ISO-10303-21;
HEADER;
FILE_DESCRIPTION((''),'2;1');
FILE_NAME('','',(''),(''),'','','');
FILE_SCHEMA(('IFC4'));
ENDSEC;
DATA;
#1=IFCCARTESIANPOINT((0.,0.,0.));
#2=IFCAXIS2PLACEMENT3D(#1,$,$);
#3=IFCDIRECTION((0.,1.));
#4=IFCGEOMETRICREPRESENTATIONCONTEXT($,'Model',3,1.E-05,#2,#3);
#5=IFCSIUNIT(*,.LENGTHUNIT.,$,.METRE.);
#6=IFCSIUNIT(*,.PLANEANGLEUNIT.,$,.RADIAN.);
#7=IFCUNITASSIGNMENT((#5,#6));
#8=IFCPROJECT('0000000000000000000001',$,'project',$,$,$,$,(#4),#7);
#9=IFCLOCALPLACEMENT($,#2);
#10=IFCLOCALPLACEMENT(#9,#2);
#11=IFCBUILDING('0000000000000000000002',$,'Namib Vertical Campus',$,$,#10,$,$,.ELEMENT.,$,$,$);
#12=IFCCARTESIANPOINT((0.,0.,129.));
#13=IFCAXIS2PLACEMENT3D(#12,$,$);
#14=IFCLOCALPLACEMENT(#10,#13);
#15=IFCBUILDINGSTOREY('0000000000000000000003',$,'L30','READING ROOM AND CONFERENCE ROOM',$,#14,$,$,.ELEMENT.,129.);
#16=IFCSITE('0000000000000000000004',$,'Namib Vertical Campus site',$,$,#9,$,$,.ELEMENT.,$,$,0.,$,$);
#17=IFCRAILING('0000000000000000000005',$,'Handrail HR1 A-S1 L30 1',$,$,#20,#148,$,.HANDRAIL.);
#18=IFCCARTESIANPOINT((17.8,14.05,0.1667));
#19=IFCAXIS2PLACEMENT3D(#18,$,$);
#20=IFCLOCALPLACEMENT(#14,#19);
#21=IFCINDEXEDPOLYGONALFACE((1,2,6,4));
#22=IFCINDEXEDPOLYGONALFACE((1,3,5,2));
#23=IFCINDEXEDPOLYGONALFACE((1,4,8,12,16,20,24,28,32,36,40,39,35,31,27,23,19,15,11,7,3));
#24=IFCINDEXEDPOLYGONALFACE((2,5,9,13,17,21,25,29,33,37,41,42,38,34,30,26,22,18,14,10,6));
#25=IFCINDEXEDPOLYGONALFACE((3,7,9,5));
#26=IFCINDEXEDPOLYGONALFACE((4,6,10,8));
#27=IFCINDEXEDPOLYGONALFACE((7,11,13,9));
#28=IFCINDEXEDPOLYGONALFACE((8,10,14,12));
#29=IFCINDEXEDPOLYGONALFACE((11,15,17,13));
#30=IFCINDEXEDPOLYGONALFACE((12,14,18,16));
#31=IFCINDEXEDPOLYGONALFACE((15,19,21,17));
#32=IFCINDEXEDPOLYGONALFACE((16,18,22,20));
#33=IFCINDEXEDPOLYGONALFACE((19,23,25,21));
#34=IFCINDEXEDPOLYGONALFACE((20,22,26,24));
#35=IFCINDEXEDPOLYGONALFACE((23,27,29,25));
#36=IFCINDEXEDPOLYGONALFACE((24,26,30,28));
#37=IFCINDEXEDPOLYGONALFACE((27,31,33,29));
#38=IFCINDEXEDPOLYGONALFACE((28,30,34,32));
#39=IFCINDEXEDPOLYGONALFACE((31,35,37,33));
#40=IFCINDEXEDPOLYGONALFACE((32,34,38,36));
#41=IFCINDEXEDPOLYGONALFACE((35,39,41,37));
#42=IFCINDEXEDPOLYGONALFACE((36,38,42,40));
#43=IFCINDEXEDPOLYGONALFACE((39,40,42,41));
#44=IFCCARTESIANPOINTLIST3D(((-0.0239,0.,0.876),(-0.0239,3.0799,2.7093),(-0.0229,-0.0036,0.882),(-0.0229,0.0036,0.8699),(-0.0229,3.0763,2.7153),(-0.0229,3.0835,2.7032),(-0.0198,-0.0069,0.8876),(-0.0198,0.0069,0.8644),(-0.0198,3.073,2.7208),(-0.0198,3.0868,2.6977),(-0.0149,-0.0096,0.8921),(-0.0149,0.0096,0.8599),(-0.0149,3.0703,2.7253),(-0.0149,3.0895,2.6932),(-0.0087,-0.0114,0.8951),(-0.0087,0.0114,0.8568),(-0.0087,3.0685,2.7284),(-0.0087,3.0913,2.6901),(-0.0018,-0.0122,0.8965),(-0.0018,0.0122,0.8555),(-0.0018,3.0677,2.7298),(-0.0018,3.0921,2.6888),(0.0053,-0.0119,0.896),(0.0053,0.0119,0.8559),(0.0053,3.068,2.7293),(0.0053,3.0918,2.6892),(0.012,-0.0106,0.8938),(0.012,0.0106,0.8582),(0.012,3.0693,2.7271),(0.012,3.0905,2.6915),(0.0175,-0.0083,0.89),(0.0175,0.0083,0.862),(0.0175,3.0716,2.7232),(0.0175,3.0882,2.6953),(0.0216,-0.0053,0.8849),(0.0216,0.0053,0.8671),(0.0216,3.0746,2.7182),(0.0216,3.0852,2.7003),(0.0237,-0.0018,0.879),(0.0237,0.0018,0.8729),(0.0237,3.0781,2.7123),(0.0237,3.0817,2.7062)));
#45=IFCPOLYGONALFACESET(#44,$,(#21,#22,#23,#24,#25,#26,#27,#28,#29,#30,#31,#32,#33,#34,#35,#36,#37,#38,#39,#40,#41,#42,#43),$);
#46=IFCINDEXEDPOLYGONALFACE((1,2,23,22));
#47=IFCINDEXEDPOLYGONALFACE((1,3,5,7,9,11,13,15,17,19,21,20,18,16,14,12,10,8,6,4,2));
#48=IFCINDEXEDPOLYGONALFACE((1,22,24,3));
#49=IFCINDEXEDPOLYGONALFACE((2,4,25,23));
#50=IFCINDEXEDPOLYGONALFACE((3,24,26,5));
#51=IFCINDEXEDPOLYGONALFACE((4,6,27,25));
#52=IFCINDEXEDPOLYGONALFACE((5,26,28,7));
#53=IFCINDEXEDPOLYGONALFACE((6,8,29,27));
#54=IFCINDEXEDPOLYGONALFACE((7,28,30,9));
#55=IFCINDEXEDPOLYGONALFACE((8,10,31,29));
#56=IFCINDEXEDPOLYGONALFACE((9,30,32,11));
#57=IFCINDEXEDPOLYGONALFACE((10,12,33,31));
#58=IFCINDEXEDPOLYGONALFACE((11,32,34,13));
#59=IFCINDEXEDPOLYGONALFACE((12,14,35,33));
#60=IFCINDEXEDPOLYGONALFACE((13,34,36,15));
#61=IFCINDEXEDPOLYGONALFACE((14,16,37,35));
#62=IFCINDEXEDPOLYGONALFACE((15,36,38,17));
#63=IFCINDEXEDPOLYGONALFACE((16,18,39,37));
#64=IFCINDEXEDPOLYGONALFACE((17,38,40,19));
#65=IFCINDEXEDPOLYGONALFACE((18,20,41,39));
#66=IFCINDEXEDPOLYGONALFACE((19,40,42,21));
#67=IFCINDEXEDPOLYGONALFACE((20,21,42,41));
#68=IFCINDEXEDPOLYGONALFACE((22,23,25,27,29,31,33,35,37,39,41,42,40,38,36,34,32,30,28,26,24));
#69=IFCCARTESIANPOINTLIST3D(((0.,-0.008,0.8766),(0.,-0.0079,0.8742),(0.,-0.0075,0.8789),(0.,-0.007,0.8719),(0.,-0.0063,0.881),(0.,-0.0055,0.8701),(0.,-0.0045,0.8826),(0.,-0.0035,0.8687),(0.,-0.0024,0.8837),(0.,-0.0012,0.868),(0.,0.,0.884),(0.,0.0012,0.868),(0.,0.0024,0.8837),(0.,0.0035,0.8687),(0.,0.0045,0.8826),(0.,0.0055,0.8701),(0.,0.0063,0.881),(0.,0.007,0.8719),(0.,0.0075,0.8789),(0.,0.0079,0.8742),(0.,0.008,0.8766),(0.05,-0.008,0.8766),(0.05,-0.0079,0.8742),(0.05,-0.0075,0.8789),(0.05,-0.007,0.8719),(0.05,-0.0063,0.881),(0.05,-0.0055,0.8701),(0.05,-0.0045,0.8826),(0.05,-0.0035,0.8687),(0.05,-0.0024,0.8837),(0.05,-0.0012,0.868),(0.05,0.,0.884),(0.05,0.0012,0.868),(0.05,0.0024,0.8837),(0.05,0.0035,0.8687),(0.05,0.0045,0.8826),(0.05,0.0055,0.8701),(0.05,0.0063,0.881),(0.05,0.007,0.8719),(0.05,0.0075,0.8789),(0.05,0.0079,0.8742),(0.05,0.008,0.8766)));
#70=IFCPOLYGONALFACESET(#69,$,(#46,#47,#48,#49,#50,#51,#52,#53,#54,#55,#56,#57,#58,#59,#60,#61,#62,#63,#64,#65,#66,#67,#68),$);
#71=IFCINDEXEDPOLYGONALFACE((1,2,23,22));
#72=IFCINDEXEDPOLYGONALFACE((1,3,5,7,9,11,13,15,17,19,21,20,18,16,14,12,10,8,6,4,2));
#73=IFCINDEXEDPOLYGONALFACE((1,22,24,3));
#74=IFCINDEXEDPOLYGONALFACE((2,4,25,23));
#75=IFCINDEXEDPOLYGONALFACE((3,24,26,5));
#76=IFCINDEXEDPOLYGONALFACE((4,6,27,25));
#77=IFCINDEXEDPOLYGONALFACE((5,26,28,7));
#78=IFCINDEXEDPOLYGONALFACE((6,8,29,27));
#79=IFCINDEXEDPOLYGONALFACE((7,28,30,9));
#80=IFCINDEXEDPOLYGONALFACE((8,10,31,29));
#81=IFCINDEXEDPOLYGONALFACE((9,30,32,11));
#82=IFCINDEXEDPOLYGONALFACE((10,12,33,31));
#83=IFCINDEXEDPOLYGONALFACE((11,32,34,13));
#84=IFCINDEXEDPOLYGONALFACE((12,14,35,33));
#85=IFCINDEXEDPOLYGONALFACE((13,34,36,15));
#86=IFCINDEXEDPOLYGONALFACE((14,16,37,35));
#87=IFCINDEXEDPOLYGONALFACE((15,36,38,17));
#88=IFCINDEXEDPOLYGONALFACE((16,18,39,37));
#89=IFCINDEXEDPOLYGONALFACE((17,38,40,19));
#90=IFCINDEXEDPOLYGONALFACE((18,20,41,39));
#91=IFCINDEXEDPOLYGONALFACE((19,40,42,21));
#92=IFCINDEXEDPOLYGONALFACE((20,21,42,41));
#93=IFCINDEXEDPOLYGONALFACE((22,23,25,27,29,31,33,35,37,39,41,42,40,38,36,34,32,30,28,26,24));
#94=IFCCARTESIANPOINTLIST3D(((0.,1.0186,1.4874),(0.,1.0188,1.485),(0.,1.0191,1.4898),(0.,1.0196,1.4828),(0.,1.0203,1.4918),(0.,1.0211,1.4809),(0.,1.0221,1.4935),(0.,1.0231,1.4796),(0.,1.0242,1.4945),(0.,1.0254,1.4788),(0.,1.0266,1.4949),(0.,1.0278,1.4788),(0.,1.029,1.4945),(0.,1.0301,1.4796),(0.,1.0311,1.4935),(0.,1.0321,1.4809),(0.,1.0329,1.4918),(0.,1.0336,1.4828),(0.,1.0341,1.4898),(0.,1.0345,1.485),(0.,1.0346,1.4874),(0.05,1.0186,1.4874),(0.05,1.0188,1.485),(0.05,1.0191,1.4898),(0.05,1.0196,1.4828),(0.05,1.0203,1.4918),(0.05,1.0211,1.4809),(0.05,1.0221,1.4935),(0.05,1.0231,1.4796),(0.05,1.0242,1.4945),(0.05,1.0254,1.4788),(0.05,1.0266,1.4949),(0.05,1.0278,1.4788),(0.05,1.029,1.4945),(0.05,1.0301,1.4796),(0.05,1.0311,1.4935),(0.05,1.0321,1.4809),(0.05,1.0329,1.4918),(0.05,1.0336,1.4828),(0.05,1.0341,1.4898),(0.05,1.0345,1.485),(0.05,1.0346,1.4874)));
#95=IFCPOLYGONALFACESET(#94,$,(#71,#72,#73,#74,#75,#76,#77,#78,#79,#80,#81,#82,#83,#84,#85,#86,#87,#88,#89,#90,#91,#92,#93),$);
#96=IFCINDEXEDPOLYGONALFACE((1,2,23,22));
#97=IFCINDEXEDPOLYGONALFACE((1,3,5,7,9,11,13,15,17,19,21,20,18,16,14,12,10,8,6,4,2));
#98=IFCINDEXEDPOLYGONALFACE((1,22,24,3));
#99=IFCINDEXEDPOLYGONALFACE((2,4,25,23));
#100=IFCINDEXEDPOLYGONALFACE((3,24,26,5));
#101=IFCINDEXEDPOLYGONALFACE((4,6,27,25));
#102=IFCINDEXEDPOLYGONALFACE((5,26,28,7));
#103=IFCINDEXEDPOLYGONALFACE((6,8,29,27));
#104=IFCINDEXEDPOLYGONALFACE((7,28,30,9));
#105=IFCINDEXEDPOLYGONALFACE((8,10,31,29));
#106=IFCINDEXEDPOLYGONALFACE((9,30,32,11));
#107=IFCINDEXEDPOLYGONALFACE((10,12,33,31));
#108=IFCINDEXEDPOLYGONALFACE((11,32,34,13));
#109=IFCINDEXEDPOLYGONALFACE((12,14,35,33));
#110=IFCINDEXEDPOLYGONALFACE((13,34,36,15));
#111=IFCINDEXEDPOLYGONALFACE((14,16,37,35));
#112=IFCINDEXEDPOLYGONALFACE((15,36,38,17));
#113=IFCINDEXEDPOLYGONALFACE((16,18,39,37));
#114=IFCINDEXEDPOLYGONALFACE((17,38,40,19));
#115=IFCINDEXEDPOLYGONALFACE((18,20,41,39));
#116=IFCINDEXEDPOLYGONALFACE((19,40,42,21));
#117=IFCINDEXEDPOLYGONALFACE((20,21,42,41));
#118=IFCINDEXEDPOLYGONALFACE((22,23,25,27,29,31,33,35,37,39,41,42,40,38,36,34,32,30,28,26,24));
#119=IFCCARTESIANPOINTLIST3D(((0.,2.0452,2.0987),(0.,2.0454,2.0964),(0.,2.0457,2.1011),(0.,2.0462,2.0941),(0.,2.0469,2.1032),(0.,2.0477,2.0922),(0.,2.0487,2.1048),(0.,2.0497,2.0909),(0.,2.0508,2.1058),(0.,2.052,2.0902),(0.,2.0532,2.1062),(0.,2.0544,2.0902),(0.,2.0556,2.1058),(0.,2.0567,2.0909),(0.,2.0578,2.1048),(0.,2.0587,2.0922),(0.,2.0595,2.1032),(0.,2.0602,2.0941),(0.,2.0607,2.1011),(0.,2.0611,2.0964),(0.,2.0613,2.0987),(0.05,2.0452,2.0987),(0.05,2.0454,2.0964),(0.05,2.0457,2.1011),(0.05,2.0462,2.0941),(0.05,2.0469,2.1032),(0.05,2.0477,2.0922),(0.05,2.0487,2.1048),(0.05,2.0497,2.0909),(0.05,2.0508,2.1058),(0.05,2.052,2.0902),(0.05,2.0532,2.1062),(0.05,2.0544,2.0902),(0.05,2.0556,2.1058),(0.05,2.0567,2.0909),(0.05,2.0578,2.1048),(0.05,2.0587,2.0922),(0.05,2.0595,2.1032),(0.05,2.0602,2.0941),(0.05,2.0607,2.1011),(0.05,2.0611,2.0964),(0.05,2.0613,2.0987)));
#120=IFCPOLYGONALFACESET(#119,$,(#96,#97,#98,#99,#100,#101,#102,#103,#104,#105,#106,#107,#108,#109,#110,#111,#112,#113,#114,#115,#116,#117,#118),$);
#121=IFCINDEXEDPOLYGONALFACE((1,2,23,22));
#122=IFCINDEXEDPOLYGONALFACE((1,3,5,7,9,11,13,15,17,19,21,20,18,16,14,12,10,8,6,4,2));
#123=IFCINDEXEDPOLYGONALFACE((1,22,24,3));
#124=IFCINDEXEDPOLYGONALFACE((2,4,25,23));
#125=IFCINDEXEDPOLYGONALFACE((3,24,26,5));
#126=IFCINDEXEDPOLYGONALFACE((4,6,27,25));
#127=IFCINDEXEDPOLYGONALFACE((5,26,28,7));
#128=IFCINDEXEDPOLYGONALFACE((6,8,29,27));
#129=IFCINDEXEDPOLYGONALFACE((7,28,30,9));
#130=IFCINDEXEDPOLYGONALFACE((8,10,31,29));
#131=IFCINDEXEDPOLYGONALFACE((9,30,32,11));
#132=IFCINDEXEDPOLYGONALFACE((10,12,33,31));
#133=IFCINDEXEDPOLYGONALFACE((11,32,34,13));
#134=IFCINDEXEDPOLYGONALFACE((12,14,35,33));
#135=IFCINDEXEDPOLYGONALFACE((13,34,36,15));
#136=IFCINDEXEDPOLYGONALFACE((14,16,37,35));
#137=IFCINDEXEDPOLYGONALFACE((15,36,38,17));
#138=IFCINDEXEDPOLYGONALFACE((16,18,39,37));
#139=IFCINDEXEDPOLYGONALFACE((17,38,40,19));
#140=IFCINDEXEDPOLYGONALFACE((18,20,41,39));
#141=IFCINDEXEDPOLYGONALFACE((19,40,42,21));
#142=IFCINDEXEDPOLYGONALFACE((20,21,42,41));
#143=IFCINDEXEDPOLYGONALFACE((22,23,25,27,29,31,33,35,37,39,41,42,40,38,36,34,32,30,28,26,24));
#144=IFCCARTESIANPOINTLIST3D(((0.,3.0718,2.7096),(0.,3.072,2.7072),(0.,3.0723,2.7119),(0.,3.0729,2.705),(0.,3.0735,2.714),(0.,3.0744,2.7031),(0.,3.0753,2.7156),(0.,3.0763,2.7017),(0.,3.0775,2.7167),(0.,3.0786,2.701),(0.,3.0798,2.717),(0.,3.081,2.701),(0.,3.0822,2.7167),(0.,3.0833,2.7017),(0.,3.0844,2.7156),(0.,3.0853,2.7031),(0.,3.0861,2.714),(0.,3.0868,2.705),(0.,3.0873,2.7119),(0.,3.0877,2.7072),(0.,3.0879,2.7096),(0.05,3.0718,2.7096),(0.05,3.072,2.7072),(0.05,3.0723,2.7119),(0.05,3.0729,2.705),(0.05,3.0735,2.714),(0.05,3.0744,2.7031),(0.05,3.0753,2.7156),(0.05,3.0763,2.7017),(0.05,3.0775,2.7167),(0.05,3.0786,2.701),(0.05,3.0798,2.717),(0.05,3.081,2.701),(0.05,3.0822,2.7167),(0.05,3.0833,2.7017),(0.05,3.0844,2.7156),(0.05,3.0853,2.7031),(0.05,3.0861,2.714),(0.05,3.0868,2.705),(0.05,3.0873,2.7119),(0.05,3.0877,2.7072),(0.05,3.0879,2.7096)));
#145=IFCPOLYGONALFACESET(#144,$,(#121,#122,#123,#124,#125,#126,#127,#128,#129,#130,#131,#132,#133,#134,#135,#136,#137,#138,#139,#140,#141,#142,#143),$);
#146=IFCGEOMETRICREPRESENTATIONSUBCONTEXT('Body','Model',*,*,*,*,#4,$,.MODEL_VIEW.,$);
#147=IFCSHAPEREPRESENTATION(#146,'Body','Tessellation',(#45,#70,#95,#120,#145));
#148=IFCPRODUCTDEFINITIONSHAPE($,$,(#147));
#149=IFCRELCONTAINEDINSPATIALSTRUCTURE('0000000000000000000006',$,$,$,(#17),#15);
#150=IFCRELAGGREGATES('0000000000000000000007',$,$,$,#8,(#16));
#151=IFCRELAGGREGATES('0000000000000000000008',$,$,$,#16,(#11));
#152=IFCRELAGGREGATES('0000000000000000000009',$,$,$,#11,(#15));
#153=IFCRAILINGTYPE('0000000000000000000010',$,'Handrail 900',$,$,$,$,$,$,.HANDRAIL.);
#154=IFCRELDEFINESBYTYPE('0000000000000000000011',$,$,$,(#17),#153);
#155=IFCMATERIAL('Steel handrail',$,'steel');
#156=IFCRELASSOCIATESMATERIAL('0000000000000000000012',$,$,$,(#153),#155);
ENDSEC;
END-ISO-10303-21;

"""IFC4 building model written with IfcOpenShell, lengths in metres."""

from ifc_helpers import new_model, si_unit, direction, frame, origin, origin_2d, place, context, subcontext, project, spatial, circle, extrude, material, type_object, element, save


model = new_model("IFC4")

# Units and contexts
model_context = context("Model", 3, precision=1e-05, world=origin(), true_north=direction((0.0, 1.0)))
body_context = subcontext(model_context, "Body", "Model", "MODEL_VIEW")
ifc_project = project(units=[si_unit("LENGTHUNIT", "METRE"), si_unit("PLANEANGLEUNIT", "RADIAN")], contexts=[model_context])

# Site, building, storey
site_placement = place(None, origin())
site = spatial("IfcSite", under=ifc_project, at=site_placement, Name="Namib Vertical Campus site", CompositionType="ELEMENT", RefElevation=0.0)
building_placement = place(site_placement, origin())
building = spatial("IfcBuilding", under=site, at=building_placement, Name="Namib Vertical Campus", CompositionType="ELEMENT")
storey_placement = place(building_placement, frame((0.0, 0.0, 129.0)))
storey = spatial("IfcBuildingStorey", under=building, at=storey_placement, Name="L30", Description="READING ROOM AND CONFERENCE ROOM", CompositionType="ELEMENT", Elevation=129.0)

# Railing
ifc_material_1 = material(Name="Steel handrail", Category="steel")
railing_type_1 = type_object("IfcRailingType", Name="Handrail 900", PredefinedType="HANDRAIL", material=ifc_material_1)
railing_1_placement = place(storey_placement, frame((17.8, 14.05, 0.1667)))
element("IfcRailing", 1, at=railing_1_placement, inside=storey, type_object=railing_type_1, Name="Handrail HR1 A-S1 L30 1", PredefinedType="HANDRAIL", context=body_context, shape_type="SweptSolid", body=[
    extrude(circle(Radius=0.0239, at=origin_2d()), frame((0.0, 0.0, 0.876), z_axis=(0.0, 0.859291, 0.511487), x_axis=(-1.0, 0.0, 0.0)), (0.0, 0.0, 1.0), 3.5842),
    extrude(circle(Radius=0.0081, at=origin_2d()), frame((0.0, 0.0, 0.876), z_axis=(1.0, 0.0, 0.0), x_axis=(0.0, 0.0, 1.0)), (0.0, 0.0, 1.0), 0.05),
    extrude(circle(Radius=0.0081, at=origin_2d()), frame((0.0, 1.0266, 1.4868), z_axis=(1.0, 0.0, 0.0), x_axis=(0.0, 0.0, 1.0)), (0.0, 0.0, 1.0), 0.05),
    extrude(circle(Radius=0.0081, at=origin_2d()), frame((0.0, 2.0532, 2.0981), z_axis=(1.0, 0.0, 0.0), x_axis=(0.0, 0.0, 1.0)), (0.0, 0.0, 1.0), 0.05),
    extrude(circle(Radius=0.0081, at=origin_2d()), frame((0.0, 3.0798, 2.709), z_axis=(1.0, 0.0, 0.0), x_axis=(0.0, 0.0, 1.0)), (0.0, 0.0, 1.0), 0.05),
])

save(model, "model.ifc")
